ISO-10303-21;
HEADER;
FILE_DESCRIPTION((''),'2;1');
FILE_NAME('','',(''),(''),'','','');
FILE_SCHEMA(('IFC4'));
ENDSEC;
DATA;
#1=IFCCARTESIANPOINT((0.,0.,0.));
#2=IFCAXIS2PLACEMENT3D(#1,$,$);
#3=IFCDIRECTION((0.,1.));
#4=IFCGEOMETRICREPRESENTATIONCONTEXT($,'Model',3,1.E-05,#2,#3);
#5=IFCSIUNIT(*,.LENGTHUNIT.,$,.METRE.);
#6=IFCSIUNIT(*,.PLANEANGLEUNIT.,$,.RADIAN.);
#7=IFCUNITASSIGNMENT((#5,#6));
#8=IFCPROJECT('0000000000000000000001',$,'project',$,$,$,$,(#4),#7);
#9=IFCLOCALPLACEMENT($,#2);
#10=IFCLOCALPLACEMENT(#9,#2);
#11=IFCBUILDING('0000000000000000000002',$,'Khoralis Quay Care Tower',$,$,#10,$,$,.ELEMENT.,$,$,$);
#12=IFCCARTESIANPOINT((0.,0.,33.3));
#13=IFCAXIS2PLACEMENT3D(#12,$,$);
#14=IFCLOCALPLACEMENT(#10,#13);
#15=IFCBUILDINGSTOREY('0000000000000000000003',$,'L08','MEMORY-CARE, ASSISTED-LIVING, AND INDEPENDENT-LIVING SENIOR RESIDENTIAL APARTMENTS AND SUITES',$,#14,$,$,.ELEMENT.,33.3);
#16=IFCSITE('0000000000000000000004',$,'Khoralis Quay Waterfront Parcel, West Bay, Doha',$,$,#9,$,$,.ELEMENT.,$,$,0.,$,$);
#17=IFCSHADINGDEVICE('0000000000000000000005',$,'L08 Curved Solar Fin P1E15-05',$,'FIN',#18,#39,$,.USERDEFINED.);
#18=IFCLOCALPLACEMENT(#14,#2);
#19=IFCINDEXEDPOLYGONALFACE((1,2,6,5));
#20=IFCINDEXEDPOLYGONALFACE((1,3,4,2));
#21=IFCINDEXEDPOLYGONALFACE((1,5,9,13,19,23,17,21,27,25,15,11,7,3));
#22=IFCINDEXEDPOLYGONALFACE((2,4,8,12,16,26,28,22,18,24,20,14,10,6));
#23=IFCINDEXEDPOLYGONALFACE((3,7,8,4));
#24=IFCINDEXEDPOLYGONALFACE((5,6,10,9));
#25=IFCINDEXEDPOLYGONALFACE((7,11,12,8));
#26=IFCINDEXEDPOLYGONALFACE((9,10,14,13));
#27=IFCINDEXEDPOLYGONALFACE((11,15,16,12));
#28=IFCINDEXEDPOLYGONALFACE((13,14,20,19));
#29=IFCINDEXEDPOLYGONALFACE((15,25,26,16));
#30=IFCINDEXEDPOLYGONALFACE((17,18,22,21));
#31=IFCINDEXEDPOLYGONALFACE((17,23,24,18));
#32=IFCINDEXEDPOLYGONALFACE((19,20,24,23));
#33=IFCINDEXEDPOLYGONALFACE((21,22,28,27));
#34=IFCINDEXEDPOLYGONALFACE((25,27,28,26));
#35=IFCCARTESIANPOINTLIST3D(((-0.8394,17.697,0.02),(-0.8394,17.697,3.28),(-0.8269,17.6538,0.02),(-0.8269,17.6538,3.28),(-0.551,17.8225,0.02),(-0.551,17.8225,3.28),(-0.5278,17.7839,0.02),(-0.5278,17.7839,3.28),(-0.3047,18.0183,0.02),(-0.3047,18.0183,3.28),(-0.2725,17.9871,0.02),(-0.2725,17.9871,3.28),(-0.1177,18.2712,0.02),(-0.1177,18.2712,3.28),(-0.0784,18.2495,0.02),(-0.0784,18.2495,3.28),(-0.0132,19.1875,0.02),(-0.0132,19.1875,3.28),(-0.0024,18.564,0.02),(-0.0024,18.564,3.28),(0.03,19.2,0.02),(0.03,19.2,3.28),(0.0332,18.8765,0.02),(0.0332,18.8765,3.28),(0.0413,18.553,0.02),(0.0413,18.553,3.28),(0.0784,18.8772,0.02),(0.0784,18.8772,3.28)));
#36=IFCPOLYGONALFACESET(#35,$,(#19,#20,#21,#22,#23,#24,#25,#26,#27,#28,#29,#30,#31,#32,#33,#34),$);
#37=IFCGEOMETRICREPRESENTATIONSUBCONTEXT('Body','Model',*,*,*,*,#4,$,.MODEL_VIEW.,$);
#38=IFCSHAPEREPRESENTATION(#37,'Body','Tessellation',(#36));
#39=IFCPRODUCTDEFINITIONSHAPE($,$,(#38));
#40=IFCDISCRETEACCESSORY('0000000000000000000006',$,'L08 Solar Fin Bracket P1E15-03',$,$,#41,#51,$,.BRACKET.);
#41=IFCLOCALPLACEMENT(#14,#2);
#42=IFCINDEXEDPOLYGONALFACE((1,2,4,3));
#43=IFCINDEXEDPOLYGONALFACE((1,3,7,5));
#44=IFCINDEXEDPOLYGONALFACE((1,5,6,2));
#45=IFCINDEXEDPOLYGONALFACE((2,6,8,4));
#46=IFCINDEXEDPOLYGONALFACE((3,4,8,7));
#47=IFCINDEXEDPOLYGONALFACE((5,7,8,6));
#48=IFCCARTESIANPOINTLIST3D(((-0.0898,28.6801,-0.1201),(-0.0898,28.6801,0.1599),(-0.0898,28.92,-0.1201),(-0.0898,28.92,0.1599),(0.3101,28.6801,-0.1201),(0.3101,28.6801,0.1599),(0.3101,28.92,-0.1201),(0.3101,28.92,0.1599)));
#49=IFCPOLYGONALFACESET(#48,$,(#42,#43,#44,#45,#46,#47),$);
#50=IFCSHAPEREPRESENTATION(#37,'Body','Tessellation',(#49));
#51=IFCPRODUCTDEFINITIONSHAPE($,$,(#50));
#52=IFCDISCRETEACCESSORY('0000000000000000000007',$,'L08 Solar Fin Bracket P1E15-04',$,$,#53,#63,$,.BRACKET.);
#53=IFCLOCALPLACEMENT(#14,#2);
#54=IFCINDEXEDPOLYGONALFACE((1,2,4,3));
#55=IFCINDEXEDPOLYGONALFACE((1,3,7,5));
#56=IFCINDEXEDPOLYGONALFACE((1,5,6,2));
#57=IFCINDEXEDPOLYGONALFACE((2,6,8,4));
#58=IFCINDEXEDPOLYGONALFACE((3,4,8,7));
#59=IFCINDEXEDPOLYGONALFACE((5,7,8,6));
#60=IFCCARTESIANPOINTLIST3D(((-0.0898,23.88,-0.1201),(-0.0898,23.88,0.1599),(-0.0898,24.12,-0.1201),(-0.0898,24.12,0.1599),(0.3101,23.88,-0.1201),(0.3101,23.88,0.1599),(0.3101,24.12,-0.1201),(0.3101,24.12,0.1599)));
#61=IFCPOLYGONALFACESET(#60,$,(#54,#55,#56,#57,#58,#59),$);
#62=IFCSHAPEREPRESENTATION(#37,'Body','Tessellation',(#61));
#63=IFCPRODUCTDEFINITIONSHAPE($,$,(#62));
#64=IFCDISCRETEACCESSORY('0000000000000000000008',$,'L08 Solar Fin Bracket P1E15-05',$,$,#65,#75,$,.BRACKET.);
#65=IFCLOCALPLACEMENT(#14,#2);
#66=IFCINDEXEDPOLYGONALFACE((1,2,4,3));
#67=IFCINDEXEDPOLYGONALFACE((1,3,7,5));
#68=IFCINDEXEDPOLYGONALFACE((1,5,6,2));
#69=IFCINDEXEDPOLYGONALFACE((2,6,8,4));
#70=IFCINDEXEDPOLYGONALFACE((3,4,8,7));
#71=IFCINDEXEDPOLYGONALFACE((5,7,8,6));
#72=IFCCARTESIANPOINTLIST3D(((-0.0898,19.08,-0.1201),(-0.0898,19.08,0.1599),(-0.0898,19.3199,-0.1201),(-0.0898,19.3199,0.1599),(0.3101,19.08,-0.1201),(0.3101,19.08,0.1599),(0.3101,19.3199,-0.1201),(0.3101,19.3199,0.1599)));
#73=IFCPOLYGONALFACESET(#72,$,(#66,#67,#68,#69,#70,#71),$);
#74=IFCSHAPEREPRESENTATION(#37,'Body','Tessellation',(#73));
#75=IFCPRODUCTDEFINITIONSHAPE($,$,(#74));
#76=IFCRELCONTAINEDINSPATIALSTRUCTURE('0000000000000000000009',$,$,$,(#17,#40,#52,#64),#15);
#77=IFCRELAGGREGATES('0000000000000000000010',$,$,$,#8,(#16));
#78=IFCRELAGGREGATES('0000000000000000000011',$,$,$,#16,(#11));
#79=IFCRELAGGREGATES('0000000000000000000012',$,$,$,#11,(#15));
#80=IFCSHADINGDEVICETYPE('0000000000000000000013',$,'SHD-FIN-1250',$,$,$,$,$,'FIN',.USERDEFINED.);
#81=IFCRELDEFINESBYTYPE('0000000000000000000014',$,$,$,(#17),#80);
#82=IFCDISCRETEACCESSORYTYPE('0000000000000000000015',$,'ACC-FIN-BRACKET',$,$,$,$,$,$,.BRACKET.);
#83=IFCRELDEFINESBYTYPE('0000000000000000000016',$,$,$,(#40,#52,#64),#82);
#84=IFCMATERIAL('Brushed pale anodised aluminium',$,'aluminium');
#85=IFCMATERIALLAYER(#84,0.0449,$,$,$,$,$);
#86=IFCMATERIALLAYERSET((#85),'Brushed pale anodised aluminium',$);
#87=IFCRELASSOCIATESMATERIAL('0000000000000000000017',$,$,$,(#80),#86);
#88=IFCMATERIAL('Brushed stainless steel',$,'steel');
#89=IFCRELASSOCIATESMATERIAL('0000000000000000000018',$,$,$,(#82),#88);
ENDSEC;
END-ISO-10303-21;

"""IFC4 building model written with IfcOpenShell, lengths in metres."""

from ifc_helpers import new_model, si_unit, direction, frame, origin, origin_2d, place, context, subcontext, project, spatial, polyline, rectangle, outline, extrude, source, transform, mapped, material, layer, layer_set, type_object, element, save


model = new_model("IFC4")

# Units and contexts
model_context = context("Model", 3, precision=1e-05, world=origin(), true_north=direction((0.0, 1.0)))
body_context = subcontext(model_context, "Body", "Model", "MODEL_VIEW")
ifc_project = project(units=[si_unit("LENGTHUNIT", "METRE"), si_unit("PLANEANGLEUNIT", "RADIAN")], contexts=[model_context])

# Site, building, storey
site_placement = place(None, origin())
site = spatial("IfcSite", under=ifc_project, at=site_placement, Name="Khoralis Quay Waterfront Parcel, West Bay, Doha", CompositionType="ELEMENT", RefElevation=0.0)
building_placement = place(site_placement, origin())
building = spatial("IfcBuilding", under=site, at=building_placement, Name="Khoralis Quay Care Tower", CompositionType="ELEMENT")
storey_placement = place(building_placement, frame((0.0, 0.0, 33.3)))
storey = spatial("IfcBuildingStorey", under=building, at=storey_placement, Name="L08", Description="MEMORY-CARE, ASSISTED-LIVING, AND INDEPENDENT-LIVING SENIOR RESIDENTIAL APARTMENTS AND SUITES", CompositionType="ELEMENT", Elevation=33.3)

# Shading device
ifc_material_1 = material(Name="Brushed pale anodised aluminium", Category="aluminium")
ifc_layer_1 = layer(ifc_material_1, 0.0449)
ifc_layer_set_1 = layer_set([ifc_layer_1], Name="Brushed pale anodised aluminium")
shading_device_type = type_object("IfcShadingDeviceType", Name="SHD-FIN-1250", ElementType="FIN", PredefinedType="USERDEFINED", material=ifc_layer_set_1)
shared_shape_1 = source(origin(), body_context, "Body", "SweptSolid", [
    extrude(outline(polyline([(0.0, 0.0), (-0.0483, 0.3228), (-0.0112, 0.647), (0.1084, 0.9504), (0.3025, 1.2129), (0.5579, 1.416), (0.8569, 1.5461), (0.8694, 1.5029), (0.5811, 1.3774), (0.3347, 1.1816), (0.1477, 0.9287), (0.0325, 0.636), (-0.0032, 0.3235), (0.0432, 0.0125), (0.0, 0.0)])), origin(), (0.0, 0.0, 1.0), 3.26),
])
for number, where, z_axis, x_axis, name in (
    (1, (0.03, 19.2, 0.02), (0.0, 0.0, 1.0), (-1.0, 0.0, 0.0), "L08 Curved Solar Fin P1E15-05"),
):
    element("IfcShadingDevice", number, at=place(storey_placement, frame(where, z_axis=z_axis, x_axis=x_axis)), inside=storey, type_object=shading_device_type, Name=name, ObjectType="FIN", PredefinedType="USERDEFINED", context=body_context, shape_type="MappedRepresentation", body=[
        mapped(shared_shape_1, transform((0.0, 0.0, 0.0), scale=1.0)),
    ])

# Discrete accessories
ifc_material_2 = material(Name="Brushed stainless steel", Category="steel")
discrete_accessory_type = type_object("IfcDiscreteAccessoryType", Name="ACC-FIN-BRACKET", PredefinedType="BRACKET", material=ifc_material_2)
shared_shape_2 = source(origin(), body_context, "Body", "SweptSolid", [
    extrude(rectangle(XDim=0.3999, YDim=0.24, at=origin_2d()), origin(), (0.0, 0.0, 1.0), 0.28),
])
for number, where, z_axis, x_axis, name in (
    (2, (0.1101, 28.8, -0.1201), (0.0, 0.0, 1.0), (-1.0, 0.0, 0.0), "L08 Solar Fin Bracket P1E15-03"),
    (3, (0.1101, 24.0, -0.1201), (0.0, 0.0, 1.0), (-1.0, 0.0, 0.0), "L08 Solar Fin Bracket P1E15-04"),
    (4, (0.1101, 19.2, -0.1201), (0.0, 0.0, 1.0), (-1.0, 0.0, 0.0), "L08 Solar Fin Bracket P1E15-05"),
):
    element("IfcDiscreteAccessory", number, at=place(storey_placement, frame(where, z_axis=z_axis, x_axis=x_axis)), inside=storey, type_object=discrete_accessory_type, Name=name, PredefinedType="BRACKET", context=body_context, shape_type="MappedRepresentation", body=[
        mapped(shared_shape_2, transform((0.0, 0.0, 0.0), scale=1.0)),
    ])

save(model, "model.ifc")
